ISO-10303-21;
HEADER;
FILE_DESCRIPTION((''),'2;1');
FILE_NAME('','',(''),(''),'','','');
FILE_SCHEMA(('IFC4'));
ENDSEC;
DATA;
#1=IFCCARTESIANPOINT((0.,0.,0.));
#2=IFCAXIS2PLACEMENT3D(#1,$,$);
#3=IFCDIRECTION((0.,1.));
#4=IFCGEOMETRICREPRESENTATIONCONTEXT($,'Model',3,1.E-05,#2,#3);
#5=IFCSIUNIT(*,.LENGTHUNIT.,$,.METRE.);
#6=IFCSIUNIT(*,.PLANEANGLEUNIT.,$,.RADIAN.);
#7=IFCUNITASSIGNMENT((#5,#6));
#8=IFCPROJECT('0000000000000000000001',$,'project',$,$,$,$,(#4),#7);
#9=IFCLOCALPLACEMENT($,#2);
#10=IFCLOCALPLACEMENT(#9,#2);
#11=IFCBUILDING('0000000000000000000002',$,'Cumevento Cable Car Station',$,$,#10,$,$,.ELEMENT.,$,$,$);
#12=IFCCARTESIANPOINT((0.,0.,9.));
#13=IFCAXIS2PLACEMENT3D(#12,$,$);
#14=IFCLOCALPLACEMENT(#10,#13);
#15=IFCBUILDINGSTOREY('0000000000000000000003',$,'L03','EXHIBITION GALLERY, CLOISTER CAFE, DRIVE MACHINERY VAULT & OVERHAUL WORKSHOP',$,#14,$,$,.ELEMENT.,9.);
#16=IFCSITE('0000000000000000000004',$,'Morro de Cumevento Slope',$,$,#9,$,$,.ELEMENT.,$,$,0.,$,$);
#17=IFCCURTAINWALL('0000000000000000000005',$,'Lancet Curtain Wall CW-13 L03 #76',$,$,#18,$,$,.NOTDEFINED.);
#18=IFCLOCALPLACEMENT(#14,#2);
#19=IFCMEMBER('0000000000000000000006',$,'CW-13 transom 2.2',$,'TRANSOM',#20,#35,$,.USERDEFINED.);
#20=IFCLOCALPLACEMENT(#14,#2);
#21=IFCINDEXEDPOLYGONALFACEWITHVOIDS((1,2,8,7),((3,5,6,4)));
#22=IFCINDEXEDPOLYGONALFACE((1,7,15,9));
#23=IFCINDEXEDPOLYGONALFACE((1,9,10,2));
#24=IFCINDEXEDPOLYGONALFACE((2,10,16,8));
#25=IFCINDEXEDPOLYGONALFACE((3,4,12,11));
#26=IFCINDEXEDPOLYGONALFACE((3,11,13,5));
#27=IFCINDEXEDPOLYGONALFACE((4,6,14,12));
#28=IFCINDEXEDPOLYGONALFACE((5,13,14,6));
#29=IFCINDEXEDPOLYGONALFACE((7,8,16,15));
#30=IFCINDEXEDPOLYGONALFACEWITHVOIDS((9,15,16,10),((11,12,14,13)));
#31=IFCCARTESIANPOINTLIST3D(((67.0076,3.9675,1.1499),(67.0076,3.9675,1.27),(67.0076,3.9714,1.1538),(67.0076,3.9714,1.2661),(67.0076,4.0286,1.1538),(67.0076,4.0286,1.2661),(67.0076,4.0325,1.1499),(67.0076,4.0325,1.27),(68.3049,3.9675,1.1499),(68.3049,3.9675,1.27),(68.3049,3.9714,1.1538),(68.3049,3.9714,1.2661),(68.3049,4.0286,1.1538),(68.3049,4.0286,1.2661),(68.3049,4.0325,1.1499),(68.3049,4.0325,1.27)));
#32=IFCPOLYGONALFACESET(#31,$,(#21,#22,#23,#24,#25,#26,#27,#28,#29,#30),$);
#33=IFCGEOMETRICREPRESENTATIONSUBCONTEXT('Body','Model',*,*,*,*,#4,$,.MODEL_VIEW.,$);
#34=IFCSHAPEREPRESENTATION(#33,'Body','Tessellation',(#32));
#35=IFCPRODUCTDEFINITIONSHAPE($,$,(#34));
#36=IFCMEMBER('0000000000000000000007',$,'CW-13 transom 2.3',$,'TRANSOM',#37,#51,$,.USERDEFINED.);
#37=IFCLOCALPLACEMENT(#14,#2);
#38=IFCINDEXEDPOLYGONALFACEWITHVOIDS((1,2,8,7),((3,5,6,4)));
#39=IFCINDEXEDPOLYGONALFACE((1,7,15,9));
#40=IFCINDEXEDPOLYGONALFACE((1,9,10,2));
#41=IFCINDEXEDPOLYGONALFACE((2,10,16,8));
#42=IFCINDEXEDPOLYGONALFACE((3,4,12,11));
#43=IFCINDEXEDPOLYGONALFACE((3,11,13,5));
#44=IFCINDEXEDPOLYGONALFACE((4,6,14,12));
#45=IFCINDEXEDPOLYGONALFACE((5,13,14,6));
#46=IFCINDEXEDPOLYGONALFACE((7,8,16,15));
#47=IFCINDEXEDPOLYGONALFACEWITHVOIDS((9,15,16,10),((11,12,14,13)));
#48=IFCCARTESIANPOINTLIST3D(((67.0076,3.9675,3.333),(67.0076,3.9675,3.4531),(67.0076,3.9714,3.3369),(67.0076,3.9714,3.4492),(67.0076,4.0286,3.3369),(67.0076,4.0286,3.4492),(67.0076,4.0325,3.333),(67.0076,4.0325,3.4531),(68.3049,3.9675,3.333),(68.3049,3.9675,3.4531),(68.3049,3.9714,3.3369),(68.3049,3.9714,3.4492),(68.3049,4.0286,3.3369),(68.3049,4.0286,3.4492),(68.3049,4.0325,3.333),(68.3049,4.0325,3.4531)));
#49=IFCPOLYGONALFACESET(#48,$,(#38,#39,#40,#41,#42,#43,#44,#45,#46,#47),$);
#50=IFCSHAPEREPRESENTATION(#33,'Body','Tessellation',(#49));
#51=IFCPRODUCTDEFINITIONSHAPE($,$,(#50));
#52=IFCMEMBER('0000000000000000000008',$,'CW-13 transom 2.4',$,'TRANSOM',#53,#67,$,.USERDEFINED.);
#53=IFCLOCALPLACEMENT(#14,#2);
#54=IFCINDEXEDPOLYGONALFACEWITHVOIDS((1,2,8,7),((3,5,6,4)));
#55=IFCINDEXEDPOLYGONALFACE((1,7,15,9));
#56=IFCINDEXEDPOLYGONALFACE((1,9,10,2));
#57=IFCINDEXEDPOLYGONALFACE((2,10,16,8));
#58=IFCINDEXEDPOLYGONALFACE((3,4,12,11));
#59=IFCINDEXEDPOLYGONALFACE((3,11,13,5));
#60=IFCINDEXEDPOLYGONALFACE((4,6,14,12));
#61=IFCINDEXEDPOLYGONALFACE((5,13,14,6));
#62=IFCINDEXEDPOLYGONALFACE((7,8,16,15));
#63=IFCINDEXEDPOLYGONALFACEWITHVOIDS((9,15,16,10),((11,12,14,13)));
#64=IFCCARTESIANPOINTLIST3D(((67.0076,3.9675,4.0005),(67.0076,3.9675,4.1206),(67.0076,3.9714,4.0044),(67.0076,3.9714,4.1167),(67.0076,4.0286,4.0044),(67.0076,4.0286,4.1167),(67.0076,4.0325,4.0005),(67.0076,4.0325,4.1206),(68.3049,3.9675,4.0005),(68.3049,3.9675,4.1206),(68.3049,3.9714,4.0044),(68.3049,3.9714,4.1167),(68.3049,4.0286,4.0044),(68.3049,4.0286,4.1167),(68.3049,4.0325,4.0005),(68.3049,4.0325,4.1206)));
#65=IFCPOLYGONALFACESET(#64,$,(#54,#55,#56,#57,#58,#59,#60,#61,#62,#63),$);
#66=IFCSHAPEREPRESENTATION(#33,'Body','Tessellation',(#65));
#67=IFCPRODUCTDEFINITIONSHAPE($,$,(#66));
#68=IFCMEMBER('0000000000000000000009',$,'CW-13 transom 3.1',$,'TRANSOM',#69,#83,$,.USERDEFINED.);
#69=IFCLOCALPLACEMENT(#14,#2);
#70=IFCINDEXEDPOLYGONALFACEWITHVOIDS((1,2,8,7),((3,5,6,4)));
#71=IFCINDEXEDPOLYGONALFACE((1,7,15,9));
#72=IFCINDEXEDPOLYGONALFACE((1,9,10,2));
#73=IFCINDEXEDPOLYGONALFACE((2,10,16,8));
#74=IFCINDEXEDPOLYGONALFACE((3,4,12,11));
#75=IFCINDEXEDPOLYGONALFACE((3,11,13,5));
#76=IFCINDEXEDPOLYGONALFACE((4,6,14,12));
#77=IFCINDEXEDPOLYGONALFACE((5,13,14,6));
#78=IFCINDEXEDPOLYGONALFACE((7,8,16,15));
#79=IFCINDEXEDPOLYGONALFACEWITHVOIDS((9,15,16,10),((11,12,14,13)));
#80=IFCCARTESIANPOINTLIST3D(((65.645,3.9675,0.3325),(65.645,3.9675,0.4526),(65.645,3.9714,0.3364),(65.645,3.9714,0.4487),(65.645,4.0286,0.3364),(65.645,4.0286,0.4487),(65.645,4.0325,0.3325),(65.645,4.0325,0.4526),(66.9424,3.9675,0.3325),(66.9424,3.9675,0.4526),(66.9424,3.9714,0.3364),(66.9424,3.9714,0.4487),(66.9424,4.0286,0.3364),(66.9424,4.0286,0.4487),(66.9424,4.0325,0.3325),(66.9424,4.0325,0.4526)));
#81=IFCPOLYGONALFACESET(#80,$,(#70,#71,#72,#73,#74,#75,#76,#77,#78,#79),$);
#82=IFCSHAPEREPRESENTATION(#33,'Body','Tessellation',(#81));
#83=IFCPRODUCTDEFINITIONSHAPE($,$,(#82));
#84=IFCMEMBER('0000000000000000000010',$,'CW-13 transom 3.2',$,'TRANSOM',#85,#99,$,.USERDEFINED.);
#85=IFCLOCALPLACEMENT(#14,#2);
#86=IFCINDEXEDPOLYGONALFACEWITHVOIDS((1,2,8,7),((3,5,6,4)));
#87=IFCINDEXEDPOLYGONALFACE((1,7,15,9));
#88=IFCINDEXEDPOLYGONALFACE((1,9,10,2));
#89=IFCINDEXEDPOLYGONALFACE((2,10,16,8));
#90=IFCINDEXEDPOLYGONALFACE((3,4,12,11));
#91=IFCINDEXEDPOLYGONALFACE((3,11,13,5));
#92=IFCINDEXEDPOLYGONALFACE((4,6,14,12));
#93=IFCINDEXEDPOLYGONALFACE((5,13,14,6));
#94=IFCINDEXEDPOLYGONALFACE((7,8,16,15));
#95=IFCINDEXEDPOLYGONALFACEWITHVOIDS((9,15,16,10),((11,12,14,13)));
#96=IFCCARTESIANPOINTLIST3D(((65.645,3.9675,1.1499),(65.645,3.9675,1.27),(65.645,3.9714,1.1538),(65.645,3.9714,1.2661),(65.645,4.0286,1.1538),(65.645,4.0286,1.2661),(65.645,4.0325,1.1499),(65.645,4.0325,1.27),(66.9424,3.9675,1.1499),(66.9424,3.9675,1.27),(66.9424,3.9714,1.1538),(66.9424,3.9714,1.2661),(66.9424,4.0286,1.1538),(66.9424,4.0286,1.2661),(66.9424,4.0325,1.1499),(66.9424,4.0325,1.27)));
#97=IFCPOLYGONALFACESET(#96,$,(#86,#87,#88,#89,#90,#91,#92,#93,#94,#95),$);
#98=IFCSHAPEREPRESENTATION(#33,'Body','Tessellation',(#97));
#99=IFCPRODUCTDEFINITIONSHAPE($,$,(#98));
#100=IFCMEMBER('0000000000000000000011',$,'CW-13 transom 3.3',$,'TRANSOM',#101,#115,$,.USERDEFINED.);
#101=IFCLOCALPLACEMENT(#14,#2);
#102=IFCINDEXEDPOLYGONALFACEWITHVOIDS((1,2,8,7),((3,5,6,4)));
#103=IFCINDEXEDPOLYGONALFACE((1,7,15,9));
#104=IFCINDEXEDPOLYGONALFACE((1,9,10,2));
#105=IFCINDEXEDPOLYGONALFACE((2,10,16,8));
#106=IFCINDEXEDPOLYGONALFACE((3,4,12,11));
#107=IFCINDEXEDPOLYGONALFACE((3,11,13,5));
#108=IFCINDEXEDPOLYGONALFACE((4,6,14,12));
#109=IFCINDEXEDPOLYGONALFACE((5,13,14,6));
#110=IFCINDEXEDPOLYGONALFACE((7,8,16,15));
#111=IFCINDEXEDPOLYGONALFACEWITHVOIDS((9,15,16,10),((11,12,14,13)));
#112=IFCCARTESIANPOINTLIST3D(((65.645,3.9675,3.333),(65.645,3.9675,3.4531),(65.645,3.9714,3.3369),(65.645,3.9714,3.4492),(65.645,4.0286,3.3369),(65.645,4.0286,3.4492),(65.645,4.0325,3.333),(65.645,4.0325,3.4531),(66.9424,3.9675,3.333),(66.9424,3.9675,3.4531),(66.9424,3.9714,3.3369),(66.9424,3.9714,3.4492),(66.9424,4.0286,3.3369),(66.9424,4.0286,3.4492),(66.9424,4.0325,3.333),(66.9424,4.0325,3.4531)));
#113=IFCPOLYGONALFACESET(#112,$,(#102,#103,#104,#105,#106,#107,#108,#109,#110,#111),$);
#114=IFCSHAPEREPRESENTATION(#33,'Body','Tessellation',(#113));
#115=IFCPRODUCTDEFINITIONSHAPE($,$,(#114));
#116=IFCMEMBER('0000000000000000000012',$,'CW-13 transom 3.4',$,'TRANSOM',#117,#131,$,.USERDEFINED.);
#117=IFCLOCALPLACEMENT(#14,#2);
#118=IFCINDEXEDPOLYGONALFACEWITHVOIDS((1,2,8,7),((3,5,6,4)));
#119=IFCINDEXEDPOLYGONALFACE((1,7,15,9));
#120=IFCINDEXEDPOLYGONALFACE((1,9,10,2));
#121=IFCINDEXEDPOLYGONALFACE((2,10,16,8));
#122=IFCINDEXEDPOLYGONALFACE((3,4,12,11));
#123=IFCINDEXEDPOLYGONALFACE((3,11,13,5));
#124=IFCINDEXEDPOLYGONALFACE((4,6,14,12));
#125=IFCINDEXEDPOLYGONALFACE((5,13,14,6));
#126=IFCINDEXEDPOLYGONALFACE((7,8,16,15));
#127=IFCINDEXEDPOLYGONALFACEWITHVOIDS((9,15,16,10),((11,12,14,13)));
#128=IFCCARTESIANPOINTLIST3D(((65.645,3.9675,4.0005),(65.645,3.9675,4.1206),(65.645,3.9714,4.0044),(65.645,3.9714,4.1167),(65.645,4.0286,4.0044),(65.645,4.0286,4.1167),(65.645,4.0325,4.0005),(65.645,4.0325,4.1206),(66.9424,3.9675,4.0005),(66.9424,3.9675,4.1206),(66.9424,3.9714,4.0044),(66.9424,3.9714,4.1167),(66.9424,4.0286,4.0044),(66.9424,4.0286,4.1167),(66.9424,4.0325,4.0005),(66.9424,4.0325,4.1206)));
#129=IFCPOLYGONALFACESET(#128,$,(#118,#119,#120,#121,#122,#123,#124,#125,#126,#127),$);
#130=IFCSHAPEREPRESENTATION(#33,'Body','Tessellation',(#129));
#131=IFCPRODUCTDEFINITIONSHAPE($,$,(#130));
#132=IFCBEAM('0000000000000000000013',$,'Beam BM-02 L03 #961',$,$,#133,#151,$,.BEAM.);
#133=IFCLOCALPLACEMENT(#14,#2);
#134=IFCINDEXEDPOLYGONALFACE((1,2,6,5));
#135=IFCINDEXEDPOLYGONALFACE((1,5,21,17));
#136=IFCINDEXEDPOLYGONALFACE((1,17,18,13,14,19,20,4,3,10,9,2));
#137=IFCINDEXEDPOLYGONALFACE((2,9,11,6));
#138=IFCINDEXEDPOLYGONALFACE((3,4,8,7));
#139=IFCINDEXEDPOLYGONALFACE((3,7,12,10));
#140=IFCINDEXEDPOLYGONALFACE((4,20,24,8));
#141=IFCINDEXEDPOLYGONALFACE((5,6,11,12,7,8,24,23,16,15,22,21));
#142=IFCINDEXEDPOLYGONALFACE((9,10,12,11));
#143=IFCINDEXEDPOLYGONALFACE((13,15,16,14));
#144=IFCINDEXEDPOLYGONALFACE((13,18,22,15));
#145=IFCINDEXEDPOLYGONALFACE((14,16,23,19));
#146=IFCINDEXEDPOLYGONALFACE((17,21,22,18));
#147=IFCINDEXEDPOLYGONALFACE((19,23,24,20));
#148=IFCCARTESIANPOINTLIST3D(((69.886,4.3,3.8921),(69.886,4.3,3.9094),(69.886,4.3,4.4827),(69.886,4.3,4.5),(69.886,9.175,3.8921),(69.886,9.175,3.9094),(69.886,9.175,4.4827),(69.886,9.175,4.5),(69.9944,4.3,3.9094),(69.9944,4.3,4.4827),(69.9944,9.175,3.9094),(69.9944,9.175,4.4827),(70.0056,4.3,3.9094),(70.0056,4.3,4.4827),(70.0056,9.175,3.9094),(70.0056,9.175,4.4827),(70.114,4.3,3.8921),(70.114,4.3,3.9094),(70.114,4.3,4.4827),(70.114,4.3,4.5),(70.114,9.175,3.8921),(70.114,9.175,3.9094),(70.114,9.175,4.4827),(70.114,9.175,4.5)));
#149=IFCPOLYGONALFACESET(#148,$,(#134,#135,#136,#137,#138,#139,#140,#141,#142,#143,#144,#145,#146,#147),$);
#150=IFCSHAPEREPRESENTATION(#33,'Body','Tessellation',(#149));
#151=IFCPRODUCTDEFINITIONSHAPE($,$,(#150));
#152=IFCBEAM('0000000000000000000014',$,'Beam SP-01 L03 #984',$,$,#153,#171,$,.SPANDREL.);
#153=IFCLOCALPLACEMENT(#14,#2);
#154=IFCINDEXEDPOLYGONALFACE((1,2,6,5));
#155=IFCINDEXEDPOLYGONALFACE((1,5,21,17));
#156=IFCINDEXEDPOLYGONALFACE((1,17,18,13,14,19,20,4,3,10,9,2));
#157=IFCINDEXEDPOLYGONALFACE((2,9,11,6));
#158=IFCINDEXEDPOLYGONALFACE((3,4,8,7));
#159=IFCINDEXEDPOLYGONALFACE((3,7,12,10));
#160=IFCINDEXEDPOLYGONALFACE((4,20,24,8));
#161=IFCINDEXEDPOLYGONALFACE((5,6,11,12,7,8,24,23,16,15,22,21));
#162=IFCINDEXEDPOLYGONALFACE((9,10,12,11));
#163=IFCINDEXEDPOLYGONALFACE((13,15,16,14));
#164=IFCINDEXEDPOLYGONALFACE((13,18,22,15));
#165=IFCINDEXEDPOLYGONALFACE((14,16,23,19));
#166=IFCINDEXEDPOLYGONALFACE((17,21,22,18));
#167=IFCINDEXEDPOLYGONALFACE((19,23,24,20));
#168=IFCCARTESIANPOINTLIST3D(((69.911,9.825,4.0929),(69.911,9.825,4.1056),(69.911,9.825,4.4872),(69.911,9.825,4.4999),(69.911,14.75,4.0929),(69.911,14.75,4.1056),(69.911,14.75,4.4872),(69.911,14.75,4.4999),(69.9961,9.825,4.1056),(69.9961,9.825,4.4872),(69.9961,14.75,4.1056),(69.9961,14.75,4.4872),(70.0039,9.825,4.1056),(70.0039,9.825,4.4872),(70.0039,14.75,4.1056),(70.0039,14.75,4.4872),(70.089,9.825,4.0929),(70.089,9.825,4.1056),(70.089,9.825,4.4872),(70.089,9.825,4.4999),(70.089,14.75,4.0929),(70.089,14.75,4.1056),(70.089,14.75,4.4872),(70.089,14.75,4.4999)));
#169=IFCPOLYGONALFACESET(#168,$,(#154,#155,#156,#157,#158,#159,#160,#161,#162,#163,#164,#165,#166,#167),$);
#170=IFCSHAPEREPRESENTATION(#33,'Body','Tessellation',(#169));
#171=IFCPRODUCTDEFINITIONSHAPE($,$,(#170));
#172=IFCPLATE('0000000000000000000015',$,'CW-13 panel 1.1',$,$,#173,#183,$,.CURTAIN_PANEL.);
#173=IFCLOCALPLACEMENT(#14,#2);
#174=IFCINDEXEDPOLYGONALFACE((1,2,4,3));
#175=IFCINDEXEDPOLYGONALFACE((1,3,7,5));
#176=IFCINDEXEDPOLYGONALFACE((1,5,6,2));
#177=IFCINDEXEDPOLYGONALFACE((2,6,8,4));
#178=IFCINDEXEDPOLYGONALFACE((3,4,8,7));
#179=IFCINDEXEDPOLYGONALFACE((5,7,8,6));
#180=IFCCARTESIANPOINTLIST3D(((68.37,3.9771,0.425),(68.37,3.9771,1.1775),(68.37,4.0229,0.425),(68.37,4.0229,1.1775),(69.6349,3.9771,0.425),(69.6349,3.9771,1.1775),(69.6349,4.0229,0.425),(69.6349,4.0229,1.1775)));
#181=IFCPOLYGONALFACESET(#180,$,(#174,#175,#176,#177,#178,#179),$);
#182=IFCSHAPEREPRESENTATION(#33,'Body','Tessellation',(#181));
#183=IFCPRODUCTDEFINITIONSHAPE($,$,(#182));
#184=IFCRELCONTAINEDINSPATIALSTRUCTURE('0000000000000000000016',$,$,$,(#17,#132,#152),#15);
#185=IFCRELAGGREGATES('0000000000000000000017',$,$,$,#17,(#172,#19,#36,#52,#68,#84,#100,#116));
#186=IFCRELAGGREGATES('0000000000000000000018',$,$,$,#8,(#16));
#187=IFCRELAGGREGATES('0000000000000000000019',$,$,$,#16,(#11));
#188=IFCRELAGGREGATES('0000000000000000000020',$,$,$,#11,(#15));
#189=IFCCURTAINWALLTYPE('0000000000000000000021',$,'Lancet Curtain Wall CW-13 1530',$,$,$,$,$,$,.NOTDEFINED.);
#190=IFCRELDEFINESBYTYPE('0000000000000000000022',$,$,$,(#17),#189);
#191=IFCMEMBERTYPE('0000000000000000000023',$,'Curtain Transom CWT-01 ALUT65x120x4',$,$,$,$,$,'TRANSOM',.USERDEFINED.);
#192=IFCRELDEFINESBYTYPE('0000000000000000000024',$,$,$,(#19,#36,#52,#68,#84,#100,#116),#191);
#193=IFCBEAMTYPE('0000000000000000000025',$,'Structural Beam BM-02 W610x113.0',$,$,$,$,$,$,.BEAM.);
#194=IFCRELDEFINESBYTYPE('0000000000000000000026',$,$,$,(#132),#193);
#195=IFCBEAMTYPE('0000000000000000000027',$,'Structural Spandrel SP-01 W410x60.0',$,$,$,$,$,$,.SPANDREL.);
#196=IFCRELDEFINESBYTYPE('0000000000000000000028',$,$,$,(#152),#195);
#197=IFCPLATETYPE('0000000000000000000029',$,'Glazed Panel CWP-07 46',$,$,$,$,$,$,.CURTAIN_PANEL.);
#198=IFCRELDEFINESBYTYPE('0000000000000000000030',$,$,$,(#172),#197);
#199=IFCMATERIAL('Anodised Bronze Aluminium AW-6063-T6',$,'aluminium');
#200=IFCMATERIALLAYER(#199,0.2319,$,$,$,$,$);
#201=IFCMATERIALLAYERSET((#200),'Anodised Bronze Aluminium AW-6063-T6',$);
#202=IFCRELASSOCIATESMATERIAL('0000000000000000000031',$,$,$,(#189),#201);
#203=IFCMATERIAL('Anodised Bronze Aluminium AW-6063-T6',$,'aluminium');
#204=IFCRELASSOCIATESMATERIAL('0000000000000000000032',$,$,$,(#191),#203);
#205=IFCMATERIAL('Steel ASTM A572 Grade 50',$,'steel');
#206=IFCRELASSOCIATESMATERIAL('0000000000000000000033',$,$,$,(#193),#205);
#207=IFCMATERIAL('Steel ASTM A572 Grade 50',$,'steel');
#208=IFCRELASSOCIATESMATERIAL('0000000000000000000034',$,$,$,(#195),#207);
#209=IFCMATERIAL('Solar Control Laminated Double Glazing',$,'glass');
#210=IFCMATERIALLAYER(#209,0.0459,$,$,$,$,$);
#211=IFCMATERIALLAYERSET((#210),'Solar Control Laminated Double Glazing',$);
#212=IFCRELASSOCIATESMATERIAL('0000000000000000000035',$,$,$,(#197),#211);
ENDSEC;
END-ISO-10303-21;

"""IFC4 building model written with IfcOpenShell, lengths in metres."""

from ifc_helpers import new_model, si_unit, direction, frame, origin, origin_2d, place, context, subcontext, project, spatial, rectangle, hollow_rectangle, i_section, extrude, material, layer, layer_set, material_profile, profile_set, type_object, element, aggregate, save


model = new_model("IFC4")

# Units and contexts
model_context = context("Model", 3, precision=1e-05, world=origin(), true_north=direction((0.0, 1.0)))
body_context = subcontext(model_context, "Body", "Model", "MODEL_VIEW")
ifc_project = project(units=[si_unit("LENGTHUNIT", "METRE"), si_unit("PLANEANGLEUNIT", "RADIAN")], contexts=[model_context])

# Site, building, storey
site_placement = place(None, origin())
site = spatial("IfcSite", under=ifc_project, at=site_placement, Name="Morro de Cumevento Slope", CompositionType="ELEMENT", RefElevation=0.0)
building_placement = place(site_placement, origin())
building = spatial("IfcBuilding", under=site, at=building_placement, Name="Cumevento Cable Car Station", CompositionType="ELEMENT")
storey_placement = place(building_placement, frame((0.0, 0.0, 9.0)))
storey = spatial("IfcBuildingStorey", under=building, at=storey_placement, Name="L03", Description="EXHIBITION GALLERY, CLOISTER CAFE, DRIVE MACHINERY VAULT & OVERHAUL WORKSHOP", CompositionType="ELEMENT", Elevation=9.0)

# Curtain wall
ifc_material_1 = material(Name="Anodised Bronze Aluminium AW-6063-T6", Category="aluminium")
ifc_layer_1 = layer(ifc_material_1, 0.2319)
ifc_layer_set_1 = layer_set([ifc_layer_1], Name="Anodised Bronze Aluminium AW-6063-T6")
curtain_wall_type_1 = type_object("IfcCurtainWallType", Name="Lancet Curtain Wall CW-13 1530", PredefinedType="NOTDEFINED", material=ifc_layer_set_1)
curtain_wall_1_placement = place(storey_placement, origin())
curtain_wall_1 = element("IfcCurtainWall", 1, at=curtain_wall_1_placement, inside=storey, type_object=curtain_wall_type_1, Name="Lancet Curtain Wall CW-13 L03 #76", PredefinedType="NOTDEFINED")

# Members
ifc_material_2 = material(Name="Anodised Bronze Aluminium AW-6063-T6", Category="aluminium")
ifc_material_profile_1 = material_profile(ifc_material_2, hollow_rectangle(XDim=0.0649, YDim=0.1201, WallThickness=0.0039, at=origin_2d()), Name="ALUT65x120x4")
ifc_profile_set_1 = profile_set([ifc_material_profile_1], Name="Anodised Bronze Aluminium AW-6063-T6")
member_type_1 = type_object("IfcMemberType", Name="Curtain Transom CWT-01 ALUT65x120x4", ElementType="TRANSOM", PredefinedType="USERDEFINED", material=ifc_profile_set_1)
member_1_placement = place(storey_placement, frame((68.3049, 4.0, 1.21), z_axis=(-1.0, 0.0, 0.0), x_axis=(0.0, -1.0, 0.0)))
member_1 = element("IfcMember", 2, at=member_1_placement, type_object=member_type_1, Name="CW-13 transom 2.2", ObjectType="TRANSOM", PredefinedType="USERDEFINED", context=body_context, shape_type="SweptSolid", body=[
    extrude(hollow_rectangle(XDim=0.0649, YDim=0.1201, WallThickness=0.0039, at=origin_2d()), origin(), (0.0, 0.0, 1.0), 1.2974),
])
member_2_placement = place(storey_placement, frame((68.3049, 4.0, 3.3931), z_axis=(-1.0, 0.0, 0.0), x_axis=(0.0, -1.0, 0.0)))
member_2 = element("IfcMember", 3, at=member_2_placement, type_object=member_type_1, Name="CW-13 transom 2.3", ObjectType="TRANSOM", PredefinedType="USERDEFINED", context=body_context, shape_type="SweptSolid", body=[
    extrude(hollow_rectangle(XDim=0.0649, YDim=0.1201, WallThickness=0.0039, at=origin_2d()), origin(), (0.0, 0.0, 1.0), 1.2974),
])
member_3_placement = place(storey_placement, frame((68.3049, 4.0, 4.0605), z_axis=(-1.0, 0.0, 0.0), x_axis=(0.0, -1.0, 0.0)))
member_3 = element("IfcMember", 4, at=member_3_placement, type_object=member_type_1, Name="CW-13 transom 2.4", ObjectType="TRANSOM", PredefinedType="USERDEFINED", context=body_context, shape_type="SweptSolid", body=[
    extrude(hollow_rectangle(XDim=0.0649, YDim=0.1201, WallThickness=0.0039, at=origin_2d()), origin(), (0.0, 0.0, 1.0), 1.2974),
])
member_4_placement = place(storey_placement, frame((66.9424, 4.0, 0.3926), z_axis=(-1.0, 0.0, 0.0), x_axis=(0.0, -1.0, 0.0)))
member_4 = element("IfcMember", 5, at=member_4_placement, type_object=member_type_1, Name="CW-13 transom 3.1", ObjectType="TRANSOM", PredefinedType="USERDEFINED", context=body_context, shape_type="SweptSolid", body=[
    extrude(hollow_rectangle(XDim=0.0649, YDim=0.1201, WallThickness=0.0039, at=origin_2d()), origin(), (0.0, 0.0, 1.0), 1.2974),
])
member_5_placement = place(storey_placement, frame((66.9424, 4.0, 1.21), z_axis=(-1.0, 0.0, 0.0), x_axis=(0.0, -1.0, 0.0)))
member_5 = element("IfcMember", 6, at=member_5_placement, type_object=member_type_1, Name="CW-13 transom 3.2", ObjectType="TRANSOM", PredefinedType="USERDEFINED", context=body_context, shape_type="SweptSolid", body=[
    extrude(hollow_rectangle(XDim=0.0649, YDim=0.1201, WallThickness=0.0039, at=origin_2d()), origin(), (0.0, 0.0, 1.0), 1.2974),
])
member_6_placement = place(storey_placement, frame((66.9424, 4.0, 3.3931), z_axis=(-1.0, 0.0, 0.0), x_axis=(0.0, -1.0, 0.0)))
member_6 = element("IfcMember", 7, at=member_6_placement, type_object=member_type_1, Name="CW-13 transom 3.3", ObjectType="TRANSOM", PredefinedType="USERDEFINED", context=body_context, shape_type="SweptSolid", body=[
    extrude(hollow_rectangle(XDim=0.0649, YDim=0.1201, WallThickness=0.0039, at=origin_2d()), origin(), (0.0, 0.0, 1.0), 1.2974),
])
member_7_placement = place(storey_placement, frame((66.9424, 4.0, 4.0605), z_axis=(-1.0, 0.0, 0.0), x_axis=(0.0, -1.0, 0.0)))
member_7 = element("IfcMember", 8, at=member_7_placement, type_object=member_type_1, Name="CW-13 transom 3.4", ObjectType="TRANSOM", PredefinedType="USERDEFINED", context=body_context, shape_type="SweptSolid", body=[
    extrude(hollow_rectangle(XDim=0.0649, YDim=0.1201, WallThickness=0.0039, at=origin_2d()), origin(), (0.0, 0.0, 1.0), 1.2974),
])

# Beams
ifc_material_3 = material(Name="Steel ASTM A572 Grade 50", Category="steel")
ifc_material_profile_2 = material_profile(ifc_material_3, i_section(OverallWidth=0.228, OverallDepth=0.6079, WebThickness=0.0112, FlangeThickness=0.0173, at=origin_2d()), Name="W610x113.0")
ifc_profile_set_2 = profile_set([ifc_material_profile_2], Name="Steel ASTM A572 Grade 50")
beam_type_1 = type_object("IfcBeamType", Name="Structural Beam BM-02 W610x113.0", PredefinedType="BEAM", material=ifc_profile_set_2)
beam_1_placement = place(storey_placement, frame((70.0, 4.3, 4.196), z_axis=(0.0, 1.0, 0.0), x_axis=(-1.0, 0.0, 0.0)))
element("IfcBeam", 9, at=beam_1_placement, inside=storey, type_object=beam_type_1, Name="Beam BM-02 L03 #961", PredefinedType="BEAM", context=body_context, shape_type="SweptSolid", body=[
    extrude(i_section(OverallWidth=0.228, OverallDepth=0.6079, WebThickness=0.0112, FlangeThickness=0.0173, at=origin_2d()), origin(), (0.0, 0.0, 1.0), 4.875),
])
ifc_material_4 = material(Name="Steel ASTM A572 Grade 50", Category="steel")
ifc_material_profile_3 = material_profile(ifc_material_4, i_section(OverallWidth=0.178, OverallDepth=0.407, WebThickness=0.0078, FlangeThickness=0.0127, at=origin_2d()), Name="W410x60.0")
ifc_profile_set_3 = profile_set([ifc_material_profile_3], Name="Steel ASTM A572 Grade 50")
beam_type_2 = type_object("IfcBeamType", Name="Structural Spandrel SP-01 W410x60.0", PredefinedType="SPANDREL", material=ifc_profile_set_3)
beam_2_placement = place(storey_placement, frame((70.0, 9.825, 4.2964), z_axis=(0.0, 1.0, 0.0), x_axis=(-1.0, 0.0, 0.0)))
element("IfcBeam", 10, at=beam_2_placement, inside=storey, type_object=beam_type_2, Name="Beam SP-01 L03 #984", PredefinedType="SPANDREL", context=body_context, shape_type="SweptSolid", body=[
    extrude(i_section(OverallWidth=0.178, OverallDepth=0.407, WebThickness=0.0078, FlangeThickness=0.0127, at=origin_2d()), origin(), (0.0, 0.0, 1.0), 4.925),
])

# Plate
ifc_material_5 = material(Name="Solar Control Laminated Double Glazing", Category="glass")
ifc_layer_2 = layer(ifc_material_5, 0.0459)
ifc_layer_set_2 = layer_set([ifc_layer_2], Name="Solar Control Laminated Double Glazing")
plate_type_1 = type_object("IfcPlateType", Name="Glazed Panel CWP-07 46", PredefinedType="CURTAIN_PANEL", material=ifc_layer_set_2)
plate_1_placement = place(storey_placement, frame((69.0024, 4.0, 0.425), z_axis=(0.0, 0.0, 1.0), x_axis=(-1.0, 0.0, 0.0)))
plate_1 = element("IfcPlate", 11, at=plate_1_placement, type_object=plate_type_1, Name="CW-13 panel 1.1", PredefinedType="CURTAIN_PANEL", context=body_context, shape_type="SweptSolid", body=[
    extrude(rectangle(XDim=1.2649, YDim=0.0459, at=origin_2d()), origin(), (0.0, 0.0, 1.0), 0.7524),
])
aggregate(curtain_wall_1, [plate_1, member_1, member_2, member_3, member_4, member_5, member_6, member_7])

save(model, "model.ifc")
